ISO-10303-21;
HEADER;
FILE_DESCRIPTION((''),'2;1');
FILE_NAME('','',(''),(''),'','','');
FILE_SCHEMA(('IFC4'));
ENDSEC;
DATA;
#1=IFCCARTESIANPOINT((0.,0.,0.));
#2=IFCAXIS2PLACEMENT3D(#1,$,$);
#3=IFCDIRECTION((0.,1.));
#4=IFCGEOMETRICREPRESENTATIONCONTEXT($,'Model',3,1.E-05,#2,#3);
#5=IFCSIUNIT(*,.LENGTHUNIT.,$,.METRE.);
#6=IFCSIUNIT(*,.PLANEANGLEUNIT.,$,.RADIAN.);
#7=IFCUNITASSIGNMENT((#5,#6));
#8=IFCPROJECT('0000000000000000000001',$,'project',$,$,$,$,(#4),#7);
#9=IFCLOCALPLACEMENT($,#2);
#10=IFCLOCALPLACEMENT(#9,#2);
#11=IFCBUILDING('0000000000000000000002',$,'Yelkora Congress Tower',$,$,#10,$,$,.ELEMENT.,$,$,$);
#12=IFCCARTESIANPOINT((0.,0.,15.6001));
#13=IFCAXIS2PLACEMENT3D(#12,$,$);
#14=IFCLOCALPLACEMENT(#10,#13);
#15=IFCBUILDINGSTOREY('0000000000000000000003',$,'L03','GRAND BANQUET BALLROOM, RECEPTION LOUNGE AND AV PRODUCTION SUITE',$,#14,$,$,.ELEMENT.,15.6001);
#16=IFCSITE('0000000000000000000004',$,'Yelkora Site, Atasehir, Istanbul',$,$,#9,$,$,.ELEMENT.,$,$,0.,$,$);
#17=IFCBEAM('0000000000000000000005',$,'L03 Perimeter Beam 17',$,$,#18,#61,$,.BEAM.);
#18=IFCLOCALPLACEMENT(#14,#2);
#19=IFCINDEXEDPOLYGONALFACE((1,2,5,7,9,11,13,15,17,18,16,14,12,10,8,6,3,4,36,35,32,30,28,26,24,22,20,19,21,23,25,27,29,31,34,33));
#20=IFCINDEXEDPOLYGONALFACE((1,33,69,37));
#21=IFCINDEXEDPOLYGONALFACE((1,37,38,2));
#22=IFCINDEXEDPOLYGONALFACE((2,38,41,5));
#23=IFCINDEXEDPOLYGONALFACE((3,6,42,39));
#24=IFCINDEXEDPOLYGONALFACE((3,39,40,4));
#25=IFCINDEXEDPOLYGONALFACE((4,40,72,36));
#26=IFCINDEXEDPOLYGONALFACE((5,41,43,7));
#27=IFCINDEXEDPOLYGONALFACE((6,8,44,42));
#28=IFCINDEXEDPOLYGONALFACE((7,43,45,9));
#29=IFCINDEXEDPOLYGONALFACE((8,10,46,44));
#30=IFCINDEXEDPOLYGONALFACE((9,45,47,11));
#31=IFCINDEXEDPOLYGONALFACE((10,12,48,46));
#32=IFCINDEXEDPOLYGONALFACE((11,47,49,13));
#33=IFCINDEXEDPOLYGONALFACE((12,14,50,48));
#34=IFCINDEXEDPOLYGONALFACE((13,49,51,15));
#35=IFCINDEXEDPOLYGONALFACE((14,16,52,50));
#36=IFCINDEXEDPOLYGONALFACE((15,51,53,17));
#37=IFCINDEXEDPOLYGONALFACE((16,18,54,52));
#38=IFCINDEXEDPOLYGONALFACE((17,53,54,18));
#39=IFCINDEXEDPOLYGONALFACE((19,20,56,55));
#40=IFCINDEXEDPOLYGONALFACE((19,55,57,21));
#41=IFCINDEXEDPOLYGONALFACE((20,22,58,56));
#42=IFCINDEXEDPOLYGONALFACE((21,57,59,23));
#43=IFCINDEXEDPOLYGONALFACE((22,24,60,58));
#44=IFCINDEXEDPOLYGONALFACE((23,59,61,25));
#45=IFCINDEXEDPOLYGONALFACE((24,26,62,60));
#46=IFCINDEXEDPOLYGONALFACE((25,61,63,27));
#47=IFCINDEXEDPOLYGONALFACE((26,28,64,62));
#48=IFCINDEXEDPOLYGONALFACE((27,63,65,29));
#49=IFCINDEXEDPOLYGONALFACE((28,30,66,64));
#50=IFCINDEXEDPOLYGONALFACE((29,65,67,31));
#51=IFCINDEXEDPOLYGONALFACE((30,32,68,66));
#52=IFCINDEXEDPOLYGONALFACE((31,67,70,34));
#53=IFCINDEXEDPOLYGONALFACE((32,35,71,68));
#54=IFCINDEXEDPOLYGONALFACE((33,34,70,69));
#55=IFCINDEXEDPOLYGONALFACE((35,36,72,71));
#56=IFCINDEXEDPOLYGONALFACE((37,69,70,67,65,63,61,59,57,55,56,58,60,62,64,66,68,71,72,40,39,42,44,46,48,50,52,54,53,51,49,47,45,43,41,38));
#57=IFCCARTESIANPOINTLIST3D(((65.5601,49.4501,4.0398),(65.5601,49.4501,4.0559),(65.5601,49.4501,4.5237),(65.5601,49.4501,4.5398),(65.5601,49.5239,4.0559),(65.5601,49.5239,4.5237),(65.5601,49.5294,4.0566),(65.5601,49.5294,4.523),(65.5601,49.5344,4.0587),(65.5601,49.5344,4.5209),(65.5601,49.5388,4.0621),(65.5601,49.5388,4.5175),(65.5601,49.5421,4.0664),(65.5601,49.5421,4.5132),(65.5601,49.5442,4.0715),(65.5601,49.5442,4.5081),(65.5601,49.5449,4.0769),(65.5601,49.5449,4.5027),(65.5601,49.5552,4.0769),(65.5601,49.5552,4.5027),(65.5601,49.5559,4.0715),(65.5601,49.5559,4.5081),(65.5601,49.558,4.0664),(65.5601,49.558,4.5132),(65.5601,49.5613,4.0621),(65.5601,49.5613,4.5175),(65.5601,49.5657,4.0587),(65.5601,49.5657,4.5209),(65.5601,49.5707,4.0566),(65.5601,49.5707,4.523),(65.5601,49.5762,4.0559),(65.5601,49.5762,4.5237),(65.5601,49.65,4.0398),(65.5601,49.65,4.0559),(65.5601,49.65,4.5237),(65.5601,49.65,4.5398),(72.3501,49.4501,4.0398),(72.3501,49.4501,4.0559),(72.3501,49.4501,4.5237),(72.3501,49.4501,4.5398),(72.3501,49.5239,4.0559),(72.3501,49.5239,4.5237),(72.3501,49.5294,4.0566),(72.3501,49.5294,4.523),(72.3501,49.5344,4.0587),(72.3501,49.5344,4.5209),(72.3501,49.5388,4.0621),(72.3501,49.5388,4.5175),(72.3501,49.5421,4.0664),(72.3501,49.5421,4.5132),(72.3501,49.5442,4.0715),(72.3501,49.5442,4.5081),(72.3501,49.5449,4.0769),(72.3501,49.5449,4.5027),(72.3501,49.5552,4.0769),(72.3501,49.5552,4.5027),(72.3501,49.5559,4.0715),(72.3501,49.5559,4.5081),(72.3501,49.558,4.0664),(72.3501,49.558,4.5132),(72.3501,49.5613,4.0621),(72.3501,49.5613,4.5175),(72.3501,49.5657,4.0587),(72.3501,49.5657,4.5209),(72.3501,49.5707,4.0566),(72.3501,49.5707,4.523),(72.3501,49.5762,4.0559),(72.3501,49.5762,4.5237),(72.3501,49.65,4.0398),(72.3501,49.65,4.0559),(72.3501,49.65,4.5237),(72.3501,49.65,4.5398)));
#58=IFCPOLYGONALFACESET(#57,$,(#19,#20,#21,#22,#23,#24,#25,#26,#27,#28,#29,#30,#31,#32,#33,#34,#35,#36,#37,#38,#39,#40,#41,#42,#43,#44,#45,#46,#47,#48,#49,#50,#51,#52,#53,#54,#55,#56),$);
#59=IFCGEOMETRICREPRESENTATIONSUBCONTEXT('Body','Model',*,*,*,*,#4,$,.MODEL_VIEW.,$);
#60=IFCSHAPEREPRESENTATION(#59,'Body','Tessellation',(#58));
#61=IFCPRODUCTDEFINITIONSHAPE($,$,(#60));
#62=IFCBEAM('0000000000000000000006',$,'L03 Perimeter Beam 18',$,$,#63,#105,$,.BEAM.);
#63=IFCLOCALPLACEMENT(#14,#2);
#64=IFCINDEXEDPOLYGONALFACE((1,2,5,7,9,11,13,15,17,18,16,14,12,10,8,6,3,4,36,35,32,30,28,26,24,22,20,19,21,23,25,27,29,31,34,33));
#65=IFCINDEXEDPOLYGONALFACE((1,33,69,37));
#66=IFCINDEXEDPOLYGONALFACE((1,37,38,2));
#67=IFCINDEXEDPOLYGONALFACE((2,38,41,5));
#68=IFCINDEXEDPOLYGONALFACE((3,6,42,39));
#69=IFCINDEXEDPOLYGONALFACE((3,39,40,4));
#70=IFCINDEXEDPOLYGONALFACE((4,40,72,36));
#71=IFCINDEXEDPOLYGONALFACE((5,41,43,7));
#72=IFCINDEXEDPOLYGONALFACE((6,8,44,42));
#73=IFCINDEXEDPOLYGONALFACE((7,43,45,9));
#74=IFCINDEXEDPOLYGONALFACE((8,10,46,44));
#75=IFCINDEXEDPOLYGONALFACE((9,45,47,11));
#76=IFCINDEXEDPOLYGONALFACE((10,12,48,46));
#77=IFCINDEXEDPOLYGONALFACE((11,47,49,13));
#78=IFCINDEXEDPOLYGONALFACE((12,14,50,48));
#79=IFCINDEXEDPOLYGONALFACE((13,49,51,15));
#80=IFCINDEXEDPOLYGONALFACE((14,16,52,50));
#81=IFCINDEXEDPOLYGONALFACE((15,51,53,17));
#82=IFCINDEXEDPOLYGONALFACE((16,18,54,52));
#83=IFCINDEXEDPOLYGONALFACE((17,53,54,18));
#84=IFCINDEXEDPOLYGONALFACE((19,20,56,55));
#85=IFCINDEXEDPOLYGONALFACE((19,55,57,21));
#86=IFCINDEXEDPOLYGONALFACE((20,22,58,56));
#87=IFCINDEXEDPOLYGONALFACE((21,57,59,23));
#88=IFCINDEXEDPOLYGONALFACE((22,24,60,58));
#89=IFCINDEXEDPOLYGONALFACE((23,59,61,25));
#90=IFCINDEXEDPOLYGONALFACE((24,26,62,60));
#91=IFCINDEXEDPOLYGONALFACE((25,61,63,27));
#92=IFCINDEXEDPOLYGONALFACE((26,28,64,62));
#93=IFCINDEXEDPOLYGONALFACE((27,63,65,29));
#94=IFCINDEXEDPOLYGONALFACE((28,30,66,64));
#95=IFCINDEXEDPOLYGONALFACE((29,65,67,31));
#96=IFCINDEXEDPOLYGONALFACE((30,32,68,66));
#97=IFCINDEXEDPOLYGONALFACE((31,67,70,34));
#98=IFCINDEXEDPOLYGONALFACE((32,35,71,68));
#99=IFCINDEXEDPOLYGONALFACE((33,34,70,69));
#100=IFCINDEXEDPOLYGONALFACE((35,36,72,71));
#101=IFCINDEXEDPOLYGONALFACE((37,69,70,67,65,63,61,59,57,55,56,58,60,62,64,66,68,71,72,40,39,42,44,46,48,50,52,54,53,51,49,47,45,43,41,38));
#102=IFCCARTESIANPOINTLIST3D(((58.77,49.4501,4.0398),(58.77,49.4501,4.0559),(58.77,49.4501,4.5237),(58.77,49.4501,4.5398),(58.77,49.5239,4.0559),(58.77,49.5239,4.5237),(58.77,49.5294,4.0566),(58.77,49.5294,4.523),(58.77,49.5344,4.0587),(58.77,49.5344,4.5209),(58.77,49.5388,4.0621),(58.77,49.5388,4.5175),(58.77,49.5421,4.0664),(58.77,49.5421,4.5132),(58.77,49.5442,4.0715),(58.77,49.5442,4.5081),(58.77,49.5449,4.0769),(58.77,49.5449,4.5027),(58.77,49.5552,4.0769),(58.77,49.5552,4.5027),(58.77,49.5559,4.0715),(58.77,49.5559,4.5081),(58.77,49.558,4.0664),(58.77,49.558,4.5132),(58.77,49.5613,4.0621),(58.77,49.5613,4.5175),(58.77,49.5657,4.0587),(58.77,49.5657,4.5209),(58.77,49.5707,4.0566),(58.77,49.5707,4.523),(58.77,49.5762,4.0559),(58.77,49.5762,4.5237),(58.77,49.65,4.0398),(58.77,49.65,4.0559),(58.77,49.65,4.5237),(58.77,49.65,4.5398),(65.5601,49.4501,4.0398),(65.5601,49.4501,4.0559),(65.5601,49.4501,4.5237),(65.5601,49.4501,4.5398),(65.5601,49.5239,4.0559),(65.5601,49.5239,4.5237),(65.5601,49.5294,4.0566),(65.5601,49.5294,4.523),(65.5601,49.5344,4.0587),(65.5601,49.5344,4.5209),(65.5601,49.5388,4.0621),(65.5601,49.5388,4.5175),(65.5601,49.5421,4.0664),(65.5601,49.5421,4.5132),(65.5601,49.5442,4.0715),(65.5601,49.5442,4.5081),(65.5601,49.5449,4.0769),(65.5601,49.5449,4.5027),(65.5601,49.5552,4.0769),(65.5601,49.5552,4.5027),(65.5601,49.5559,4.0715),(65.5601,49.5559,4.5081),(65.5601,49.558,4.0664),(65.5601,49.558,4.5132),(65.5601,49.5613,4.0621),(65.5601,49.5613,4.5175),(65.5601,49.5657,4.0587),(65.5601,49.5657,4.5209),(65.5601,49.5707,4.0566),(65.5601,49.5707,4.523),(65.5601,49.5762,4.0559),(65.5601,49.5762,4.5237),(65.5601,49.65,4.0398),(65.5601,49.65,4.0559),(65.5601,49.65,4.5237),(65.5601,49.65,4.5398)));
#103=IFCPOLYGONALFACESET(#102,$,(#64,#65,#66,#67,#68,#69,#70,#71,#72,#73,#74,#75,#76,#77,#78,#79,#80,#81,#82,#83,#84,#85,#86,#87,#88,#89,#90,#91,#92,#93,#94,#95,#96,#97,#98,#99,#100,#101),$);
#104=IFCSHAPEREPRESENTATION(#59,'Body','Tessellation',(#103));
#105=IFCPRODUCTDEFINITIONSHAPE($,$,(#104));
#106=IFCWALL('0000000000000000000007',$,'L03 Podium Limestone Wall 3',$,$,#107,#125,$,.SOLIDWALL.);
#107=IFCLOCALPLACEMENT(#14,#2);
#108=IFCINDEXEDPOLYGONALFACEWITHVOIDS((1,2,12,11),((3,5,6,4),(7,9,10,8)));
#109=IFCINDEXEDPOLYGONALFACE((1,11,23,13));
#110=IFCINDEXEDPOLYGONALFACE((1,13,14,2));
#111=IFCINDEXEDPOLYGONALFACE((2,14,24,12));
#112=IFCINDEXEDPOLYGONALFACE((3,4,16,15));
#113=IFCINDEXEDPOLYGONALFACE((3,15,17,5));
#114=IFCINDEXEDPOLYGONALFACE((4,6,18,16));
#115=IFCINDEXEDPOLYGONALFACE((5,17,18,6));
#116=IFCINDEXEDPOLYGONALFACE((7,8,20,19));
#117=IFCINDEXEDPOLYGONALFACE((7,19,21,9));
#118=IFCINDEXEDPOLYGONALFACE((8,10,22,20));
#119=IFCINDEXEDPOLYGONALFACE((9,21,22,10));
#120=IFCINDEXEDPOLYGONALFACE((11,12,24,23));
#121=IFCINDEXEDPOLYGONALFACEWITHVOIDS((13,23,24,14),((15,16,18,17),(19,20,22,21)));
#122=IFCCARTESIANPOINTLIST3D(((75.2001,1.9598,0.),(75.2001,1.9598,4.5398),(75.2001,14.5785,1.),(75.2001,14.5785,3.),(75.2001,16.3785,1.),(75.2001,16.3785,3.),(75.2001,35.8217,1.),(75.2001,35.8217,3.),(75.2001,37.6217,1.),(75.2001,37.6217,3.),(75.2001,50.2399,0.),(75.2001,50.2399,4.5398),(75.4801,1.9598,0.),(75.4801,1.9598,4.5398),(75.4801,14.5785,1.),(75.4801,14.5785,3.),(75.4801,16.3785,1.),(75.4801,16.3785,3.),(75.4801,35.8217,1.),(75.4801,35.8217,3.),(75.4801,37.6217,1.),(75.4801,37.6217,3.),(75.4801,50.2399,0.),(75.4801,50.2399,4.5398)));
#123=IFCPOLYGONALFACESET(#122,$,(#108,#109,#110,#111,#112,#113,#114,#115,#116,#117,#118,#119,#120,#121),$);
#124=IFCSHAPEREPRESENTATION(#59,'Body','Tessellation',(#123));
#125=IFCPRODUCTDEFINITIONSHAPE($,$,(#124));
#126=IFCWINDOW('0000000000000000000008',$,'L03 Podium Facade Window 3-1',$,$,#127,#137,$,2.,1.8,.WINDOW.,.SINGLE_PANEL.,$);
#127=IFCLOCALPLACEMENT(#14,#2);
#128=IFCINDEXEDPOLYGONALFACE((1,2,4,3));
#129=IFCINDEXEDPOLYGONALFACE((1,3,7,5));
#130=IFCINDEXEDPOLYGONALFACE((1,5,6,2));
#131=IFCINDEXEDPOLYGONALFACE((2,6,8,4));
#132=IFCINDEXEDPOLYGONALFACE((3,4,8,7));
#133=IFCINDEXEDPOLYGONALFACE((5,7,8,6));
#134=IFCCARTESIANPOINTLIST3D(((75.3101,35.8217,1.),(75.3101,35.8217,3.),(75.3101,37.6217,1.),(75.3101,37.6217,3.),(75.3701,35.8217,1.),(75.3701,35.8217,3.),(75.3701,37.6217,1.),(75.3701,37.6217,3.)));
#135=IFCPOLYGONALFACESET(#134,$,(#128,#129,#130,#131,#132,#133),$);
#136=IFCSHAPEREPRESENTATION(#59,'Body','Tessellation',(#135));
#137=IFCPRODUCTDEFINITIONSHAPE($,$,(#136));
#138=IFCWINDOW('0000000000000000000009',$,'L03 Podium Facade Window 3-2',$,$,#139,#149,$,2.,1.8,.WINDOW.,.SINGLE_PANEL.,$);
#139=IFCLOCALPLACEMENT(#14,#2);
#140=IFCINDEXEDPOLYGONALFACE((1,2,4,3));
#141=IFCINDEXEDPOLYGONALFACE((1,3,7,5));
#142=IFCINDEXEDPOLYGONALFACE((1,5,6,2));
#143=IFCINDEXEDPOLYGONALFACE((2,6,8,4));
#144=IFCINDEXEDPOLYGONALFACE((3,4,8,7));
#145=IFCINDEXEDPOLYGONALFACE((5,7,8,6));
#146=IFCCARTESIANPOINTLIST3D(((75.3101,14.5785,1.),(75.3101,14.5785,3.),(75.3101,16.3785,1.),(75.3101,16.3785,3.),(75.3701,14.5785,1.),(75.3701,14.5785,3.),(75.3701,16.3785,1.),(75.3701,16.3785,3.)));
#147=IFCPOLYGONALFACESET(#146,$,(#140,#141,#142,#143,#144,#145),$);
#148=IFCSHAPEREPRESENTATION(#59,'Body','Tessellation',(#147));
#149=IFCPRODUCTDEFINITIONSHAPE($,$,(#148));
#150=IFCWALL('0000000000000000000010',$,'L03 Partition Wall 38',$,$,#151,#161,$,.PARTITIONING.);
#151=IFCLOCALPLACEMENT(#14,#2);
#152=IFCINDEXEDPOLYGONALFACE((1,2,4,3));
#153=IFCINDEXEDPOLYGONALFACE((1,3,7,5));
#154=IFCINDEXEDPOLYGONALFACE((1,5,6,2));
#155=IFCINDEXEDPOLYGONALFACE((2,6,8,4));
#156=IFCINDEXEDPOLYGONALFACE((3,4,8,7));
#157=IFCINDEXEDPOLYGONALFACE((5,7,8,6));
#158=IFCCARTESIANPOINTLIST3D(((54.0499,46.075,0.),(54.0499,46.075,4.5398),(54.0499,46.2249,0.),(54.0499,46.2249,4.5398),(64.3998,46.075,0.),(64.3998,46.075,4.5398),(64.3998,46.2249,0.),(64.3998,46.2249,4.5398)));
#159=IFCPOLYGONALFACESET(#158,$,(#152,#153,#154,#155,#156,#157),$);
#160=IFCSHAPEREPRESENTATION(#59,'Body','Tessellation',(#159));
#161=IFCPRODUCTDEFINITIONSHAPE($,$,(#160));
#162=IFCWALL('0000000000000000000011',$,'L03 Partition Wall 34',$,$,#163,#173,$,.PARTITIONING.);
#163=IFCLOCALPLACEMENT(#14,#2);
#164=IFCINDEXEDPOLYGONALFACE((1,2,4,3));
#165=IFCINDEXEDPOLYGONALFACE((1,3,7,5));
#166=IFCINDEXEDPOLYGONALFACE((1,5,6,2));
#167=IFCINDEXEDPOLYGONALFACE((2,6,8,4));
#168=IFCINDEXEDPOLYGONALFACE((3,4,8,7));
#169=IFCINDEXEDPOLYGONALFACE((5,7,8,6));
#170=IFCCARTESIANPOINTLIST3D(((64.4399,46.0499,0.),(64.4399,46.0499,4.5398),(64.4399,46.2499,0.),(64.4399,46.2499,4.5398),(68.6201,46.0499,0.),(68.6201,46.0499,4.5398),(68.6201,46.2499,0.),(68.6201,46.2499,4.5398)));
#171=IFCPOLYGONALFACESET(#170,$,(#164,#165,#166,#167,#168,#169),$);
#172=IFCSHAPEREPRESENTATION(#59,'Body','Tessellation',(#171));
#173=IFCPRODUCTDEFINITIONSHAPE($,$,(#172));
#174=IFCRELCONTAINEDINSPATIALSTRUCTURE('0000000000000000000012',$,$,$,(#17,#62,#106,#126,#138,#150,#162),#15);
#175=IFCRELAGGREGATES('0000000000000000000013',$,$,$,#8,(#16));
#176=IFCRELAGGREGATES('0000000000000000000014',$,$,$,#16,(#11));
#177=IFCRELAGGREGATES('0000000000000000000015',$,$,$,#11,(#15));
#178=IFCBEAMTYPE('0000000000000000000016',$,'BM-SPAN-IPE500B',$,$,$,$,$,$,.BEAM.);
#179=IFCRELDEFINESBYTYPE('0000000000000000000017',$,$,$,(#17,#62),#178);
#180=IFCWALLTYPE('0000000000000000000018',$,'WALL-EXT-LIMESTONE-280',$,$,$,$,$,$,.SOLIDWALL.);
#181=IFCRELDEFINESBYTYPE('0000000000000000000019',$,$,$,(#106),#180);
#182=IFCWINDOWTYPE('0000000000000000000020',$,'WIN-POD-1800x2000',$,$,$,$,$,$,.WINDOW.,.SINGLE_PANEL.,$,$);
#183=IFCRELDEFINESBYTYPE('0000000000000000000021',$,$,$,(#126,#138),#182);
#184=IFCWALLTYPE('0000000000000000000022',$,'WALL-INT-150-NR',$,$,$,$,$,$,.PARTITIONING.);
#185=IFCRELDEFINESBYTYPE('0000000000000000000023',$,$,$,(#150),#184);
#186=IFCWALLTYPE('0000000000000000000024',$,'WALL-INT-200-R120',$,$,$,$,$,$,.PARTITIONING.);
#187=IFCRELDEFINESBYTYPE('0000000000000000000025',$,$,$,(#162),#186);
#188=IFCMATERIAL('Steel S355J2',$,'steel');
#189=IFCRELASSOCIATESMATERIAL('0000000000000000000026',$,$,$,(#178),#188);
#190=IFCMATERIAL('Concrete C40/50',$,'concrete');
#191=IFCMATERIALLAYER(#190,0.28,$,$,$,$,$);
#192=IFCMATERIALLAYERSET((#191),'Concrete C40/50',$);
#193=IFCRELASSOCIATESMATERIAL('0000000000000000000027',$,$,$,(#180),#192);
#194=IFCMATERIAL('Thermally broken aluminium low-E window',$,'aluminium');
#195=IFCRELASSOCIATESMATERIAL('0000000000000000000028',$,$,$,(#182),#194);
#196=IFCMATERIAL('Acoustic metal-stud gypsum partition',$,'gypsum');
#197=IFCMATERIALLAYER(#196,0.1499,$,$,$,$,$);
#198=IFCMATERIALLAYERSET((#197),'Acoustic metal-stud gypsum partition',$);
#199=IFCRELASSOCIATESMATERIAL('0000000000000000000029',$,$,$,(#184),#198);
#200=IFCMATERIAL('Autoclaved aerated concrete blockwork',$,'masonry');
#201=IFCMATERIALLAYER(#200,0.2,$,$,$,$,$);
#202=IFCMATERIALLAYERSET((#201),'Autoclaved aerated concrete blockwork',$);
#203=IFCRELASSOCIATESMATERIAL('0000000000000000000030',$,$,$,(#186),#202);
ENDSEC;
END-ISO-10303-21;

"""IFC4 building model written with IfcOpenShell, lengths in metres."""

from ifc_helpers import new_model, si_unit, direction, frame, frame_2d, origin, origin_2d, place, context, subcontext, project, spatial, rectangle, i_section, extrude, material, layer, layer_set, material_profile, profile_set, type_object, element, fill, save


model = new_model("IFC4")

# Units and contexts
model_context = context("Model", 3, precision=1e-05, world=origin(), true_north=direction((0.0, 1.0)))
body_context = subcontext(model_context, "Body", "Model", "MODEL_VIEW")
ifc_project = project(units=[si_unit("LENGTHUNIT", "METRE"), si_unit("PLANEANGLEUNIT", "RADIAN")], contexts=[model_context])

# Site, building, storey
site_placement = place(None, origin())
site = spatial("IfcSite", under=ifc_project, at=site_placement, Name="Yelkora Site, Atasehir, Istanbul", CompositionType="ELEMENT", RefElevation=0.0)
building_placement = place(site_placement, origin())
building = spatial("IfcBuilding", under=site, at=building_placement, Name="Yelkora Congress Tower", CompositionType="ELEMENT")
storey_placement = place(building_placement, frame((0.0, 0.0, 15.6001)))
storey = spatial("IfcBuildingStorey", under=building, at=storey_placement, Name="L03", Description="GRAND BANQUET BALLROOM, RECEPTION LOUNGE AND AV PRODUCTION SUITE", CompositionType="ELEMENT", Elevation=15.6001)

# Beams
ifc_material_1 = material(Name="Steel S355J2", Category="steel")
ifc_material_profile_1 = material_profile(ifc_material_1, i_section(OverallWidth=0.2, OverallDepth=0.5, WebThickness=0.0103, FlangeThickness=0.0161, FilletRadius=0.021, at=origin_2d()), Name="IPE 500")
ifc_profile_set_1 = profile_set([ifc_material_profile_1], Name="Steel S355J2")
beam_type_1 = type_object("IfcBeamType", Name="BM-SPAN-IPE500B", PredefinedType="BEAM", material=ifc_profile_set_1)
for number, where, z_axis, x_axis, name in (
    (1, (72.3501, 49.55, 4.2898), (-1.0, 0.0, 0.0), (0.0, -1.0, 0.0), "L03 Perimeter Beam 17"),
    (2, (65.5601, 49.55, 4.2898), (-1.0, 0.0, 0.0), (0.0, -1.0, 0.0), "L03 Perimeter Beam 18"),
):
    element("IfcBeam", number, at=place(storey_placement, frame(where, z_axis=z_axis, x_axis=x_axis)), inside=storey, type_object=beam_type_1, Name=name, PredefinedType="BEAM", context=body_context, shape_type="SweptSolid", body=[
        extrude(i_section(OverallWidth=0.2, OverallDepth=0.5, WebThickness=0.0103, FlangeThickness=0.0161, FilletRadius=0.021, at=origin_2d()), origin(), (0.0, 0.0, 1.0), 6.79),
    ])

# Wall, openings, windows
ifc_material_2 = material(Name="Concrete C40/50", Category="concrete")
ifc_layer_1 = layer(ifc_material_2, 0.28)
ifc_layer_set_1 = layer_set([ifc_layer_1], Name="Concrete C40/50")
wall_type_1 = type_object("IfcWallType", Name="WALL-EXT-LIMESTONE-280", PredefinedType="SOLIDWALL", material=ifc_layer_set_1)
wall_1_placement = place(storey_placement, frame((75.3401, 50.24, 0.0), z_axis=(0.0, 0.0, 1.0), x_axis=(0.0, -1.0, 0.0)))
wall_1 = element("IfcWall", 3, at=wall_1_placement, inside=storey, type_object=wall_type_1, Name="L03 Podium Limestone Wall 3", PredefinedType="SOLIDWALL", context=body_context, shape_type="SweptSolid", body=[
    extrude(rectangle(XDim=48.28, YDim=0.28, at=frame_2d((24.1401, 0.0))), origin(), (0.0, 0.0, 1.0), 4.5398),
])
opening_1_placement = place(wall_1_placement, frame((12.6184, 0.0, 1.0)))
opening_1 = element("IfcOpeningElement", 4, at=opening_1_placement, cuts=wall_1, PredefinedType="OPENING", context=body_context, shape_type="SweptSolid", body=[
    extrude(rectangle(XDim=1.8, YDim=2.0, at=frame_2d((0.8999, 1.0))), frame((0.0, 0.1499, 0.0), z_axis=(0.0, -1.0, 0.0), x_axis=(1.0, 0.0, 0.0)), (0.0, 0.0, 1.0), 0.3),
])
opening_2_placement = place(wall_1_placement, frame((33.8616, 0.0, 1.0)))
opening_2 = element("IfcOpeningElement", 5, at=opening_2_placement, cuts=wall_1, PredefinedType="OPENING", context=body_context, shape_type="SweptSolid", body=[
    extrude(rectangle(XDim=1.8, YDim=2.0, at=frame_2d((0.8999, 1.0))), frame((0.0, 0.1499, 0.0), z_axis=(0.0, -1.0, 0.0), x_axis=(1.0, 0.0, 0.0)), (0.0, 0.0, 1.0), 0.3),
])
ifc_material_3 = material(Name="Thermally broken aluminium low-E window", Category="aluminium")
window_type = type_object("IfcWindowType", Name="WIN-POD-1800x2000", PartitioningType="SINGLE_PANEL", PredefinedType="WINDOW", material=ifc_material_3)
window_1_placement = place(opening_1_placement, origin())
window_1 = element("IfcWindow", 6, at=window_1_placement, inside=storey, type_object=window_type, Name="L03 Podium Facade Window 3-1", OverallHeight=2.0, OverallWidth=1.8, PartitioningType="SINGLE_PANEL", PredefinedType="WINDOW", context=body_context, shape_type="SweptSolid", body=[
    extrude(rectangle(XDim=1.8, YDim=2.0, at=frame_2d((0.8999, 1.0))), frame((0.0, 0.03, 0.0), z_axis=(0.0, -1.0, 0.0), x_axis=(1.0, 0.0, 0.0)), (0.0, 0.0, 1.0), 0.0601),
])
fill(opening_1, window_1)
window_2_placement = place(opening_2_placement, origin())
window_2 = element("IfcWindow", 7, at=window_2_placement, inside=storey, type_object=window_type, Name="L03 Podium Facade Window 3-2", OverallHeight=2.0, OverallWidth=1.8, PartitioningType="SINGLE_PANEL", PredefinedType="WINDOW", context=body_context, shape_type="SweptSolid", body=[
    extrude(rectangle(XDim=1.8, YDim=2.0, at=frame_2d((0.8999, 1.0))), frame((0.0, 0.03, 0.0), z_axis=(0.0, -1.0, 0.0), x_axis=(1.0, 0.0, 0.0)), (0.0, 0.0, 1.0), 0.0601),
])
fill(opening_2, window_2)

# Walls
ifc_material_4 = material(Name="Acoustic metal-stud gypsum partition", Category="gypsum")
ifc_layer_2 = layer(ifc_material_4, 0.1499)
ifc_layer_set_2 = layer_set([ifc_layer_2], Name="Acoustic metal-stud gypsum partition")
wall_type_2 = type_object("IfcWallType", Name="WALL-INT-150-NR", PredefinedType="PARTITIONING", material=ifc_layer_set_2)
wall_2_placement = place(storey_placement, frame((54.05, 46.1499, 0.0), z_axis=(0.0, 0.0, 1.0), x_axis=(1.0, 0.0, 0.0)))
element("IfcWall", 8, at=wall_2_placement, inside=storey, type_object=wall_type_2, Name="L03 Partition Wall 38", PredefinedType="PARTITIONING", context=body_context, shape_type="SweptSolid", body=[
    extrude(rectangle(XDim=10.3499, YDim=0.1499, at=frame_2d((5.1748, 0.0))), origin(), (0.0, 0.0, 1.0), 4.5398),
])
ifc_material_5 = material(Name="Autoclaved aerated concrete blockwork", Category="masonry")
ifc_layer_3 = layer(ifc_material_5, 0.2)
ifc_layer_set_3 = layer_set([ifc_layer_3], Name="Autoclaved aerated concrete blockwork")
wall_type_3 = type_object("IfcWallType", Name="WALL-INT-200-R120", PredefinedType="PARTITIONING", material=ifc_layer_set_3)
wall_3_placement = place(storey_placement, frame((64.4399, 46.1499, 0.0), z_axis=(0.0, 0.0, 1.0), x_axis=(1.0, 0.0, 0.0)))
element("IfcWall", 9, at=wall_3_placement, inside=storey, type_object=wall_type_3, Name="L03 Partition Wall 34", PredefinedType="PARTITIONING", context=body_context, shape_type="SweptSolid", body=[
    extrude(rectangle(XDim=4.1802, YDim=0.2, at=frame_2d((2.0901, 0.0))), origin(), (0.0, 0.0, 1.0), 4.5398),
])

save(model, "model.ifc")
